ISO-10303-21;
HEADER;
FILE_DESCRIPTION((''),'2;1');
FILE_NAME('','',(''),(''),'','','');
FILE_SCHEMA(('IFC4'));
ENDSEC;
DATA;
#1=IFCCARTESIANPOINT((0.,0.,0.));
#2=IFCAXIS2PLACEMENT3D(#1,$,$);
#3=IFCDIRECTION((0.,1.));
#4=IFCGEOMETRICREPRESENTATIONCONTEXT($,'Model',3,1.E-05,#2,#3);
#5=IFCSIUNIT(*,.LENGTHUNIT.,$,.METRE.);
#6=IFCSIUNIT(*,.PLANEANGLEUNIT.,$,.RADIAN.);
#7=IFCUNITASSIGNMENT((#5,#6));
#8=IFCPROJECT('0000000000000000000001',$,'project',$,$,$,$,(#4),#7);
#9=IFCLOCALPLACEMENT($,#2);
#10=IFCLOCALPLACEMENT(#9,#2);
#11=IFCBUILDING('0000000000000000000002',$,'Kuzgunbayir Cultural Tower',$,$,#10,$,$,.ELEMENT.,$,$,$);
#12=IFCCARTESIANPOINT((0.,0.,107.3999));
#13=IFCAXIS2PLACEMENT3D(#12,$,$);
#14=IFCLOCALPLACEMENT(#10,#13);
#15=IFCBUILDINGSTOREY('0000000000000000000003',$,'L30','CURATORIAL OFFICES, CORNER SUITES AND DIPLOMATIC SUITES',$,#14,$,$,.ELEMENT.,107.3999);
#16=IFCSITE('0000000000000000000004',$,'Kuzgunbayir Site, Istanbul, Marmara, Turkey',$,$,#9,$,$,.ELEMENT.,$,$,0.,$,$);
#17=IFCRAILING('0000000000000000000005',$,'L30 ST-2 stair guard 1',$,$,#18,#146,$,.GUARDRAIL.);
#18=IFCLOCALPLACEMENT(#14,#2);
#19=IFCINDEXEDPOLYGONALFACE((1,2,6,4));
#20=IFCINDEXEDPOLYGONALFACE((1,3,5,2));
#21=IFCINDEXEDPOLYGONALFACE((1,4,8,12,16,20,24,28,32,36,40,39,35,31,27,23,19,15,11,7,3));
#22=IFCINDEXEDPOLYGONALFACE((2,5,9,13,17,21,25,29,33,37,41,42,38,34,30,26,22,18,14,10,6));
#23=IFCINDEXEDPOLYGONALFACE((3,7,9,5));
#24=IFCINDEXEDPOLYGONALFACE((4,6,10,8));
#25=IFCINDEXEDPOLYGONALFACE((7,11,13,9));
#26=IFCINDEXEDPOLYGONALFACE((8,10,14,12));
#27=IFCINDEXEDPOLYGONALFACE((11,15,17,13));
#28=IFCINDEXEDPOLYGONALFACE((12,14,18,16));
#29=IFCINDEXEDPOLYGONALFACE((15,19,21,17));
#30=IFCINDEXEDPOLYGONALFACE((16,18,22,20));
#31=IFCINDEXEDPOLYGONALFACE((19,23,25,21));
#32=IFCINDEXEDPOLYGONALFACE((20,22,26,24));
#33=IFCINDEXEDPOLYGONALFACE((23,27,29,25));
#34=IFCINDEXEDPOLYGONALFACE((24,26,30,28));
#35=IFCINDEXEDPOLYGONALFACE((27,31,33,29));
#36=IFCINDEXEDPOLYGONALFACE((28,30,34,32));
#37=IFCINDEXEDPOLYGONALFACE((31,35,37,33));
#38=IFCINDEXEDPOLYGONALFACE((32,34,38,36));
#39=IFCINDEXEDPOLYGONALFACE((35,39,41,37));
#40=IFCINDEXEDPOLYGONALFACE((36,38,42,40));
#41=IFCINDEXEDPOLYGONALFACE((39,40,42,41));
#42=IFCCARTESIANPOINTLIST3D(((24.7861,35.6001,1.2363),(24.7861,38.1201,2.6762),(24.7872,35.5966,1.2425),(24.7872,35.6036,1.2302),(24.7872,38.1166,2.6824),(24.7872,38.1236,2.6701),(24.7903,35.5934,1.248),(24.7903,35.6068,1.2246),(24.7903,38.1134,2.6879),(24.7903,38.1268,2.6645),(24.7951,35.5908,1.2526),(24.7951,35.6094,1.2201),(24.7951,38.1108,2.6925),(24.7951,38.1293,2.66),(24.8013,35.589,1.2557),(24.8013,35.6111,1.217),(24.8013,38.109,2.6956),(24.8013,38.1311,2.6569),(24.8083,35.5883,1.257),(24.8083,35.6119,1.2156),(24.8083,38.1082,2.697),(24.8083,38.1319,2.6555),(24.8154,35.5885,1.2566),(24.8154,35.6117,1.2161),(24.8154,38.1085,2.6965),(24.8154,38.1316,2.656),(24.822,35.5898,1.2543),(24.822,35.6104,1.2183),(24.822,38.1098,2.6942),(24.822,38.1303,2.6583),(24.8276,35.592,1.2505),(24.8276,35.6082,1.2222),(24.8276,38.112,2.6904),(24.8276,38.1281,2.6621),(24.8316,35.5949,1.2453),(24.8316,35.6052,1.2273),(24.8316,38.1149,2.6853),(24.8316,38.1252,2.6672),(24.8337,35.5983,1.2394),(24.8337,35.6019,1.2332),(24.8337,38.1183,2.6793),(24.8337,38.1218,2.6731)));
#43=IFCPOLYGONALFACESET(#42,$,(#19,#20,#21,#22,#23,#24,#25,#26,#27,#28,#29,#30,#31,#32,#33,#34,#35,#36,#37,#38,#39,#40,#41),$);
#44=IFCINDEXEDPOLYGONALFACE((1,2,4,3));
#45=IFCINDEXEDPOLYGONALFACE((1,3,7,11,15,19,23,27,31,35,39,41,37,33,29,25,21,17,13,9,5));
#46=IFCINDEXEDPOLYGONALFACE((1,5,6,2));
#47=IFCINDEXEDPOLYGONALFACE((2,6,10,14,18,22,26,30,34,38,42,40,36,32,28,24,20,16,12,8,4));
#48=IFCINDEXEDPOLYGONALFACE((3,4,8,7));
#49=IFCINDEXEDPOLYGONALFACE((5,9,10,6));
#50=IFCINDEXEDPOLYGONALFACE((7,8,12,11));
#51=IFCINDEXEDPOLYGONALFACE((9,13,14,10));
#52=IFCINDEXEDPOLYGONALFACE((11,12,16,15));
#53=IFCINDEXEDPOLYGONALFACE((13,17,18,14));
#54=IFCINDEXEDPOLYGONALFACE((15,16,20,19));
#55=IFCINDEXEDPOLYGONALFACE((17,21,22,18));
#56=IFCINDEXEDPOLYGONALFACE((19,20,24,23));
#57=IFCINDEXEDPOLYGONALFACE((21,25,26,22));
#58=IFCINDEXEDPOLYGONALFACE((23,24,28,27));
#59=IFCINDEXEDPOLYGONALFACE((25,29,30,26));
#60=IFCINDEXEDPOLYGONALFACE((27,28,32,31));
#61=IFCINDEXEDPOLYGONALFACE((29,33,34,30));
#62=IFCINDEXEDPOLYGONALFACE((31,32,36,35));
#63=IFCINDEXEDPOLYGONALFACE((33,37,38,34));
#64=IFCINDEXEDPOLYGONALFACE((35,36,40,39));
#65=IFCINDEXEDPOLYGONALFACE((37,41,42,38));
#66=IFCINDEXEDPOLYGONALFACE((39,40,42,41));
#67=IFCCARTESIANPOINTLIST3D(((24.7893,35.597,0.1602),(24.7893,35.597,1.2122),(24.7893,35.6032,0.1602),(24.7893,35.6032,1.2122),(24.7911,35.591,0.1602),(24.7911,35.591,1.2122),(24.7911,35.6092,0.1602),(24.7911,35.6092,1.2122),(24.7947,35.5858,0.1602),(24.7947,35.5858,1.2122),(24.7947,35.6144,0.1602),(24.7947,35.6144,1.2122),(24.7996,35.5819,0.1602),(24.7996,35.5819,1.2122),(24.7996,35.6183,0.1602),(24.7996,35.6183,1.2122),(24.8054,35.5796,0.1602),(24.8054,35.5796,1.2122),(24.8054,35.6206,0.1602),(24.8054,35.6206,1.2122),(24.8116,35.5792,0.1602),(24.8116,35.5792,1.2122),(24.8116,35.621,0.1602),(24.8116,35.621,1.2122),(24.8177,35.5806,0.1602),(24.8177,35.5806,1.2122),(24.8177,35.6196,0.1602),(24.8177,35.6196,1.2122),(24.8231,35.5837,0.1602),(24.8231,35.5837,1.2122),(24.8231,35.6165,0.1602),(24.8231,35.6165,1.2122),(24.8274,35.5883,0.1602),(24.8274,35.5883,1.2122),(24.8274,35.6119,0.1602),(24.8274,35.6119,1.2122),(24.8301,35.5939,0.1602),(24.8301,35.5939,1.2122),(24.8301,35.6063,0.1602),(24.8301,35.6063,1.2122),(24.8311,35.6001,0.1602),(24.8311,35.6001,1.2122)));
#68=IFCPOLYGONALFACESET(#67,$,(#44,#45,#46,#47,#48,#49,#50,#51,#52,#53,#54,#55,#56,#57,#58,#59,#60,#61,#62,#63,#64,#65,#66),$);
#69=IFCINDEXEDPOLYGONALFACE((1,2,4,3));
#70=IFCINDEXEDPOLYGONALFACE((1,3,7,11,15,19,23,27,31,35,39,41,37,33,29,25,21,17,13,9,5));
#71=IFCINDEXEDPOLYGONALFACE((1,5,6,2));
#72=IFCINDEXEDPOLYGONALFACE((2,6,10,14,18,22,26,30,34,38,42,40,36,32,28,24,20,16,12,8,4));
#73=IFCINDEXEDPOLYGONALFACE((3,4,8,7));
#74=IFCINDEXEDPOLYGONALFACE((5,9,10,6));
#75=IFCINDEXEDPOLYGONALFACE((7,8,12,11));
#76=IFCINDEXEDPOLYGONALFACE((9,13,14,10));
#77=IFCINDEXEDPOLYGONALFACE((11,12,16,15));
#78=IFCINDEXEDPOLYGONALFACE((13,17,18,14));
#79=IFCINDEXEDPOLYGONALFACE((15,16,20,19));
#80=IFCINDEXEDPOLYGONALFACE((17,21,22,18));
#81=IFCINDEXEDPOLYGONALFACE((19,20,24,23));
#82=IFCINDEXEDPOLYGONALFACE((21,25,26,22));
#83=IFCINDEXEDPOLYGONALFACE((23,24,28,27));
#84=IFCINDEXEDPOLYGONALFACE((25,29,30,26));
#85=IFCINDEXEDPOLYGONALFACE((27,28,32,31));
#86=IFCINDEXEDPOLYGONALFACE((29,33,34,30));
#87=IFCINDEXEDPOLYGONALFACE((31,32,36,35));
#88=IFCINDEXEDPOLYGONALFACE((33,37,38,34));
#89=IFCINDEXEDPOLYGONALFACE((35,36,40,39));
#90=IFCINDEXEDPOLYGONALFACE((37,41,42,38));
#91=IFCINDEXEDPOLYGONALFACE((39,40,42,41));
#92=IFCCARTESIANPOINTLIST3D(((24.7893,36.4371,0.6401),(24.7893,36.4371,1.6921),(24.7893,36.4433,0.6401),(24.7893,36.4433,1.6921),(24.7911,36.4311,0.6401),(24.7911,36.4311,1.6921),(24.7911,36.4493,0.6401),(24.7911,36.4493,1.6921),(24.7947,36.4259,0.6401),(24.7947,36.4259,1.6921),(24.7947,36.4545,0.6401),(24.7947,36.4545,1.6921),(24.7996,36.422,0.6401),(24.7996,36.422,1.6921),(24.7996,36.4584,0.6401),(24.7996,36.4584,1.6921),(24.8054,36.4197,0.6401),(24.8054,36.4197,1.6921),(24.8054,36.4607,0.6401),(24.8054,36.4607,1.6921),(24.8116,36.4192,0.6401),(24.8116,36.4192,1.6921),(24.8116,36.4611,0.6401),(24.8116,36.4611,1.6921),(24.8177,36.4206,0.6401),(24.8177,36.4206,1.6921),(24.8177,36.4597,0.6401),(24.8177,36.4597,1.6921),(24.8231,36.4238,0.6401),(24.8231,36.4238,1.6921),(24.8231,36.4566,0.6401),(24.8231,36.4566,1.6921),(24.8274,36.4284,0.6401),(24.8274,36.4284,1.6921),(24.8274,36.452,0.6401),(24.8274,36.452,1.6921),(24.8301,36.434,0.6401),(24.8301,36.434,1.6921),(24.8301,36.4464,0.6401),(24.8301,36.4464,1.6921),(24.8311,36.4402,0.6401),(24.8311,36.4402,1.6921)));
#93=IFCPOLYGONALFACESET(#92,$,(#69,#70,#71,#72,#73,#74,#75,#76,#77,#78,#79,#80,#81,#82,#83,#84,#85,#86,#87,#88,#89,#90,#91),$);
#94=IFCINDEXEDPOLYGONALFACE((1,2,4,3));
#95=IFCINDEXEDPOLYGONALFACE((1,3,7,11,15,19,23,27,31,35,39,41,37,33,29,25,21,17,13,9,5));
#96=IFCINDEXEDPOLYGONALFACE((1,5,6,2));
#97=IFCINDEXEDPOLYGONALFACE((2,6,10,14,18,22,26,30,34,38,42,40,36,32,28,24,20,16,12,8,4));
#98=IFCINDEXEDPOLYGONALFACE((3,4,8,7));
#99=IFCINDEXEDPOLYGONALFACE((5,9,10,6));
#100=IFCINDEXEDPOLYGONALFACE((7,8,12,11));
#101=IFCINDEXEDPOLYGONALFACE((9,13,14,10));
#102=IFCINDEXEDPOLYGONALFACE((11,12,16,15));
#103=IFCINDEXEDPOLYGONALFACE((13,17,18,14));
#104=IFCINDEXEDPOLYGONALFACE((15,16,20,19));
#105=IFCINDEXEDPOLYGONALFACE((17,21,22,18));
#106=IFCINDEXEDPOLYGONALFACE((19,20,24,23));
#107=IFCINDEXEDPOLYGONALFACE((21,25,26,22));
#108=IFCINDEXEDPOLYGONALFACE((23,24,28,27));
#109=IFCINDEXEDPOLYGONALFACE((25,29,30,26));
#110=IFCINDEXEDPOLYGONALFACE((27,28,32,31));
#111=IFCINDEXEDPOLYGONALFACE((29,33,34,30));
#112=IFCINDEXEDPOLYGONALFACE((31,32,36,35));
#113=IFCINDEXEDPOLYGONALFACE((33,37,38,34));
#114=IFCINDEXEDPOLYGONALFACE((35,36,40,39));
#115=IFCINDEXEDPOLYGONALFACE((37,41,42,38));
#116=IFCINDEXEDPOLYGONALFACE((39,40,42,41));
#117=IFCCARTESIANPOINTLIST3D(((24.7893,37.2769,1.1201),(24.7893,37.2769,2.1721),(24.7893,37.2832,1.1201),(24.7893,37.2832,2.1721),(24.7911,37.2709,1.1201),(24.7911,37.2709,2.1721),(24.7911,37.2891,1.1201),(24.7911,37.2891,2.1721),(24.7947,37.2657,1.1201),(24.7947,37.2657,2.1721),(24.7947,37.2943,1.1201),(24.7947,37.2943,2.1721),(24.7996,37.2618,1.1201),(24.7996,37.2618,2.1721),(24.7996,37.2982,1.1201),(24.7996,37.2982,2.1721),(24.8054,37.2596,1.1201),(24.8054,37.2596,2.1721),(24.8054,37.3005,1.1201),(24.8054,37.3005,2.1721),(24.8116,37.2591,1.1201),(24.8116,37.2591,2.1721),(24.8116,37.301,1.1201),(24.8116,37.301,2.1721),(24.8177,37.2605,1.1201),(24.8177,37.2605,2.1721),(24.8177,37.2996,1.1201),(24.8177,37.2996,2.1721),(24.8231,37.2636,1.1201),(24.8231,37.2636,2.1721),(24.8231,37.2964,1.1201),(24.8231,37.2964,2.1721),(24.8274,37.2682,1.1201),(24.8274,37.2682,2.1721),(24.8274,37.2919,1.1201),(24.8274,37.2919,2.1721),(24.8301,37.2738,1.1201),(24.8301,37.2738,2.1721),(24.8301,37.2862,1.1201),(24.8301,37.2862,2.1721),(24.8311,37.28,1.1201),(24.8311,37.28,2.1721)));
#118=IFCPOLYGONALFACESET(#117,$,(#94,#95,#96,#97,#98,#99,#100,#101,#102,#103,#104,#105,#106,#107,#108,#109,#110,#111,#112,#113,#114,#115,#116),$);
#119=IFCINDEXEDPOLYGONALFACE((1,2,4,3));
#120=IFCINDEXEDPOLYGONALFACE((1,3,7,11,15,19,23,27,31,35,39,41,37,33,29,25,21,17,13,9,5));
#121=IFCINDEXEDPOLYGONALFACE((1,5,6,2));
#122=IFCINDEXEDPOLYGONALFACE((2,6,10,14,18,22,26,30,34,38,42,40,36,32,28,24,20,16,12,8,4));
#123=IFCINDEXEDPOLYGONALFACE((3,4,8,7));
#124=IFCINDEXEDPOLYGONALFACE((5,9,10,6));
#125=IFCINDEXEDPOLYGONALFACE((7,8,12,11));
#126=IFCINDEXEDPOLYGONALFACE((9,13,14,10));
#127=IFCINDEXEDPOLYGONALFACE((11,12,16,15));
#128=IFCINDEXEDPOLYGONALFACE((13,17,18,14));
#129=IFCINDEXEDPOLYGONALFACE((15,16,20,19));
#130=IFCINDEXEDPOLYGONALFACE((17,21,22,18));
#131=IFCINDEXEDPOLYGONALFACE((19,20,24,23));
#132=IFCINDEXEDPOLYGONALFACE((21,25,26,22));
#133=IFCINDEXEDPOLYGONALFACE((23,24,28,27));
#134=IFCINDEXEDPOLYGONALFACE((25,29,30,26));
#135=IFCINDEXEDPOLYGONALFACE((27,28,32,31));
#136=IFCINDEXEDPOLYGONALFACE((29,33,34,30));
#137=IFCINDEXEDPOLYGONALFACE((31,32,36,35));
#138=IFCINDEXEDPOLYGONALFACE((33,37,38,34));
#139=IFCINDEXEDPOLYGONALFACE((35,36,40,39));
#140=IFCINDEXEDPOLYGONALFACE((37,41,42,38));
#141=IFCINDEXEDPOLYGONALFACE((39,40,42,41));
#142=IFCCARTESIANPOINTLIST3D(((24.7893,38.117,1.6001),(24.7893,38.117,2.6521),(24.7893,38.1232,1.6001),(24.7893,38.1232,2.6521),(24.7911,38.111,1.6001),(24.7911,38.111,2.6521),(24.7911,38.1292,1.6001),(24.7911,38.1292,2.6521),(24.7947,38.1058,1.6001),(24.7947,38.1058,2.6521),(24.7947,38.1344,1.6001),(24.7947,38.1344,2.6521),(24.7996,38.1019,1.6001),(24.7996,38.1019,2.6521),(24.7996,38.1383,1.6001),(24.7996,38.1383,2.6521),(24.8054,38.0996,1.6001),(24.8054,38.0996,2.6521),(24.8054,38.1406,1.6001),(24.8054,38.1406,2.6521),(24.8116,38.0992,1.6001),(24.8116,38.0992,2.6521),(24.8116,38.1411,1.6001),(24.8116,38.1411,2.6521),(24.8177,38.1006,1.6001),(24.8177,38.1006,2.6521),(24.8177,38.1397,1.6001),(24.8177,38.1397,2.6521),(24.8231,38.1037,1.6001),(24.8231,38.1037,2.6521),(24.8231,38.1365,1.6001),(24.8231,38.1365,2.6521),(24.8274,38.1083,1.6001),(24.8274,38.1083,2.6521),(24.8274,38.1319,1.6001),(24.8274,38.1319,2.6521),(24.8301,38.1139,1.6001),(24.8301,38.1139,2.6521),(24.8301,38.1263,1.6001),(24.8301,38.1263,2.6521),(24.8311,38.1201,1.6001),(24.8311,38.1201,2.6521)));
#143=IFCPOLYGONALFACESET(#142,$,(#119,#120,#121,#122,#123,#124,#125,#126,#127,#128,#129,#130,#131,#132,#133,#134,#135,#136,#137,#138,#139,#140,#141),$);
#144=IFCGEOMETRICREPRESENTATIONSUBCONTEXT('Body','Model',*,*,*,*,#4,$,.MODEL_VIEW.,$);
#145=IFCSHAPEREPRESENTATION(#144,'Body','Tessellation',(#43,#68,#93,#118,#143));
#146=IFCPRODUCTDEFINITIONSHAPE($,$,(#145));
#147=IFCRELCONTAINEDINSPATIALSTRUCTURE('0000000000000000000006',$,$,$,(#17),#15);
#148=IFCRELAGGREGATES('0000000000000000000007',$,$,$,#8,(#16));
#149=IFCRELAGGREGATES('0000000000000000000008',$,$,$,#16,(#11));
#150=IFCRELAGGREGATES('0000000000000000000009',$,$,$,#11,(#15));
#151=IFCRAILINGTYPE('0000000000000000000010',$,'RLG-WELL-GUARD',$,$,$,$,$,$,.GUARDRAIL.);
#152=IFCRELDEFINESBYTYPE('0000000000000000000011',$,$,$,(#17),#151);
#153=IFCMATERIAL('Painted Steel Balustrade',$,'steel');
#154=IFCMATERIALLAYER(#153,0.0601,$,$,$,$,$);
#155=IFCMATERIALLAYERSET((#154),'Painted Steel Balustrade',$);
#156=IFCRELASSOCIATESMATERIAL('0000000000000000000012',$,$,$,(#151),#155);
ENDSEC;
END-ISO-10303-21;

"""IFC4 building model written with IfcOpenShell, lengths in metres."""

from ifc_helpers import new_model, si_unit, direction, frame, origin, origin_2d, place, context, subcontext, project, spatial, circle, extrude, material, layer, layer_set, type_object, element, save


model = new_model("IFC4")

# Units and contexts
model_context = context("Model", 3, precision=1e-05, world=origin(), true_north=direction((0.0, 1.0)))
body_context = subcontext(model_context, "Body", "Model", "MODEL_VIEW")
ifc_project = project(units=[si_unit("LENGTHUNIT", "METRE"), si_unit("PLANEANGLEUNIT", "RADIAN")], contexts=[model_context])

# Site, building, storey
site_placement = place(None, origin())
site = spatial("IfcSite", under=ifc_project, at=site_placement, Name="Kuzgunbayir Site, Istanbul, Marmara, Turkey", CompositionType="ELEMENT", RefElevation=0.0)
building_placement = place(site_placement, origin())
building = spatial("IfcBuilding", under=site, at=building_placement, Name="Kuzgunbayir Cultural Tower", CompositionType="ELEMENT")
storey_placement = place(building_placement, frame((0.0, 0.0, 107.3999)))
storey = spatial("IfcBuildingStorey", under=building, at=storey_placement, Name="L30", Description="CURATORIAL OFFICES, CORNER SUITES AND DIPLOMATIC SUITES", CompositionType="ELEMENT", Elevation=107.3999)

# Railing
ifc_material_1 = material(Name="Painted Steel Balustrade", Category="steel")
ifc_layer_1 = layer(ifc_material_1, 0.0601)
ifc_layer_set_1 = layer_set([ifc_layer_1], Name="Painted Steel Balustrade")
railing_type_1 = type_object("IfcRailingType", Name="RLG-WELL-GUARD", PredefinedType="GUARDRAIL", material=ifc_layer_set_1)
railing_1_placement = place(storey_placement, frame((24.8101, 35.6001, 0.1602)))
element("IfcRailing", 1, at=railing_1_placement, inside=storey, type_object=railing_type_1, Name="L30 ST-2 stair guard 1", PredefinedType="GUARDRAIL", context=body_context, shape_type="SweptSolid", body=[
    extrude(circle(Radius=0.0239, at=origin_2d()), frame((0.0, 0.0, 1.0762), z_axis=(0.0, 0.868253, 0.496121), x_axis=(-1.0, 0.0, 0.0)), (0.0, 0.0, 1.0), 2.9023),
    extrude(circle(Radius=0.021, at=origin_2d()), origin(), (0.0, 0.0, 1.0), 1.052),
    extrude(circle(Radius=0.021, at=origin_2d()), frame((0.0, 0.8401, 0.48)), (0.0, 0.0, 1.0), 1.052),
    extrude(circle(Radius=0.021, at=origin_2d()), frame((0.0, 1.6799, 0.96)), (0.0, 0.0, 1.0), 1.052),
    extrude(circle(Radius=0.021, at=origin_2d()), frame((0.0, 2.52, 1.4399)), (0.0, 0.0, 1.0), 1.052),
])

save(model, "model.ifc")
